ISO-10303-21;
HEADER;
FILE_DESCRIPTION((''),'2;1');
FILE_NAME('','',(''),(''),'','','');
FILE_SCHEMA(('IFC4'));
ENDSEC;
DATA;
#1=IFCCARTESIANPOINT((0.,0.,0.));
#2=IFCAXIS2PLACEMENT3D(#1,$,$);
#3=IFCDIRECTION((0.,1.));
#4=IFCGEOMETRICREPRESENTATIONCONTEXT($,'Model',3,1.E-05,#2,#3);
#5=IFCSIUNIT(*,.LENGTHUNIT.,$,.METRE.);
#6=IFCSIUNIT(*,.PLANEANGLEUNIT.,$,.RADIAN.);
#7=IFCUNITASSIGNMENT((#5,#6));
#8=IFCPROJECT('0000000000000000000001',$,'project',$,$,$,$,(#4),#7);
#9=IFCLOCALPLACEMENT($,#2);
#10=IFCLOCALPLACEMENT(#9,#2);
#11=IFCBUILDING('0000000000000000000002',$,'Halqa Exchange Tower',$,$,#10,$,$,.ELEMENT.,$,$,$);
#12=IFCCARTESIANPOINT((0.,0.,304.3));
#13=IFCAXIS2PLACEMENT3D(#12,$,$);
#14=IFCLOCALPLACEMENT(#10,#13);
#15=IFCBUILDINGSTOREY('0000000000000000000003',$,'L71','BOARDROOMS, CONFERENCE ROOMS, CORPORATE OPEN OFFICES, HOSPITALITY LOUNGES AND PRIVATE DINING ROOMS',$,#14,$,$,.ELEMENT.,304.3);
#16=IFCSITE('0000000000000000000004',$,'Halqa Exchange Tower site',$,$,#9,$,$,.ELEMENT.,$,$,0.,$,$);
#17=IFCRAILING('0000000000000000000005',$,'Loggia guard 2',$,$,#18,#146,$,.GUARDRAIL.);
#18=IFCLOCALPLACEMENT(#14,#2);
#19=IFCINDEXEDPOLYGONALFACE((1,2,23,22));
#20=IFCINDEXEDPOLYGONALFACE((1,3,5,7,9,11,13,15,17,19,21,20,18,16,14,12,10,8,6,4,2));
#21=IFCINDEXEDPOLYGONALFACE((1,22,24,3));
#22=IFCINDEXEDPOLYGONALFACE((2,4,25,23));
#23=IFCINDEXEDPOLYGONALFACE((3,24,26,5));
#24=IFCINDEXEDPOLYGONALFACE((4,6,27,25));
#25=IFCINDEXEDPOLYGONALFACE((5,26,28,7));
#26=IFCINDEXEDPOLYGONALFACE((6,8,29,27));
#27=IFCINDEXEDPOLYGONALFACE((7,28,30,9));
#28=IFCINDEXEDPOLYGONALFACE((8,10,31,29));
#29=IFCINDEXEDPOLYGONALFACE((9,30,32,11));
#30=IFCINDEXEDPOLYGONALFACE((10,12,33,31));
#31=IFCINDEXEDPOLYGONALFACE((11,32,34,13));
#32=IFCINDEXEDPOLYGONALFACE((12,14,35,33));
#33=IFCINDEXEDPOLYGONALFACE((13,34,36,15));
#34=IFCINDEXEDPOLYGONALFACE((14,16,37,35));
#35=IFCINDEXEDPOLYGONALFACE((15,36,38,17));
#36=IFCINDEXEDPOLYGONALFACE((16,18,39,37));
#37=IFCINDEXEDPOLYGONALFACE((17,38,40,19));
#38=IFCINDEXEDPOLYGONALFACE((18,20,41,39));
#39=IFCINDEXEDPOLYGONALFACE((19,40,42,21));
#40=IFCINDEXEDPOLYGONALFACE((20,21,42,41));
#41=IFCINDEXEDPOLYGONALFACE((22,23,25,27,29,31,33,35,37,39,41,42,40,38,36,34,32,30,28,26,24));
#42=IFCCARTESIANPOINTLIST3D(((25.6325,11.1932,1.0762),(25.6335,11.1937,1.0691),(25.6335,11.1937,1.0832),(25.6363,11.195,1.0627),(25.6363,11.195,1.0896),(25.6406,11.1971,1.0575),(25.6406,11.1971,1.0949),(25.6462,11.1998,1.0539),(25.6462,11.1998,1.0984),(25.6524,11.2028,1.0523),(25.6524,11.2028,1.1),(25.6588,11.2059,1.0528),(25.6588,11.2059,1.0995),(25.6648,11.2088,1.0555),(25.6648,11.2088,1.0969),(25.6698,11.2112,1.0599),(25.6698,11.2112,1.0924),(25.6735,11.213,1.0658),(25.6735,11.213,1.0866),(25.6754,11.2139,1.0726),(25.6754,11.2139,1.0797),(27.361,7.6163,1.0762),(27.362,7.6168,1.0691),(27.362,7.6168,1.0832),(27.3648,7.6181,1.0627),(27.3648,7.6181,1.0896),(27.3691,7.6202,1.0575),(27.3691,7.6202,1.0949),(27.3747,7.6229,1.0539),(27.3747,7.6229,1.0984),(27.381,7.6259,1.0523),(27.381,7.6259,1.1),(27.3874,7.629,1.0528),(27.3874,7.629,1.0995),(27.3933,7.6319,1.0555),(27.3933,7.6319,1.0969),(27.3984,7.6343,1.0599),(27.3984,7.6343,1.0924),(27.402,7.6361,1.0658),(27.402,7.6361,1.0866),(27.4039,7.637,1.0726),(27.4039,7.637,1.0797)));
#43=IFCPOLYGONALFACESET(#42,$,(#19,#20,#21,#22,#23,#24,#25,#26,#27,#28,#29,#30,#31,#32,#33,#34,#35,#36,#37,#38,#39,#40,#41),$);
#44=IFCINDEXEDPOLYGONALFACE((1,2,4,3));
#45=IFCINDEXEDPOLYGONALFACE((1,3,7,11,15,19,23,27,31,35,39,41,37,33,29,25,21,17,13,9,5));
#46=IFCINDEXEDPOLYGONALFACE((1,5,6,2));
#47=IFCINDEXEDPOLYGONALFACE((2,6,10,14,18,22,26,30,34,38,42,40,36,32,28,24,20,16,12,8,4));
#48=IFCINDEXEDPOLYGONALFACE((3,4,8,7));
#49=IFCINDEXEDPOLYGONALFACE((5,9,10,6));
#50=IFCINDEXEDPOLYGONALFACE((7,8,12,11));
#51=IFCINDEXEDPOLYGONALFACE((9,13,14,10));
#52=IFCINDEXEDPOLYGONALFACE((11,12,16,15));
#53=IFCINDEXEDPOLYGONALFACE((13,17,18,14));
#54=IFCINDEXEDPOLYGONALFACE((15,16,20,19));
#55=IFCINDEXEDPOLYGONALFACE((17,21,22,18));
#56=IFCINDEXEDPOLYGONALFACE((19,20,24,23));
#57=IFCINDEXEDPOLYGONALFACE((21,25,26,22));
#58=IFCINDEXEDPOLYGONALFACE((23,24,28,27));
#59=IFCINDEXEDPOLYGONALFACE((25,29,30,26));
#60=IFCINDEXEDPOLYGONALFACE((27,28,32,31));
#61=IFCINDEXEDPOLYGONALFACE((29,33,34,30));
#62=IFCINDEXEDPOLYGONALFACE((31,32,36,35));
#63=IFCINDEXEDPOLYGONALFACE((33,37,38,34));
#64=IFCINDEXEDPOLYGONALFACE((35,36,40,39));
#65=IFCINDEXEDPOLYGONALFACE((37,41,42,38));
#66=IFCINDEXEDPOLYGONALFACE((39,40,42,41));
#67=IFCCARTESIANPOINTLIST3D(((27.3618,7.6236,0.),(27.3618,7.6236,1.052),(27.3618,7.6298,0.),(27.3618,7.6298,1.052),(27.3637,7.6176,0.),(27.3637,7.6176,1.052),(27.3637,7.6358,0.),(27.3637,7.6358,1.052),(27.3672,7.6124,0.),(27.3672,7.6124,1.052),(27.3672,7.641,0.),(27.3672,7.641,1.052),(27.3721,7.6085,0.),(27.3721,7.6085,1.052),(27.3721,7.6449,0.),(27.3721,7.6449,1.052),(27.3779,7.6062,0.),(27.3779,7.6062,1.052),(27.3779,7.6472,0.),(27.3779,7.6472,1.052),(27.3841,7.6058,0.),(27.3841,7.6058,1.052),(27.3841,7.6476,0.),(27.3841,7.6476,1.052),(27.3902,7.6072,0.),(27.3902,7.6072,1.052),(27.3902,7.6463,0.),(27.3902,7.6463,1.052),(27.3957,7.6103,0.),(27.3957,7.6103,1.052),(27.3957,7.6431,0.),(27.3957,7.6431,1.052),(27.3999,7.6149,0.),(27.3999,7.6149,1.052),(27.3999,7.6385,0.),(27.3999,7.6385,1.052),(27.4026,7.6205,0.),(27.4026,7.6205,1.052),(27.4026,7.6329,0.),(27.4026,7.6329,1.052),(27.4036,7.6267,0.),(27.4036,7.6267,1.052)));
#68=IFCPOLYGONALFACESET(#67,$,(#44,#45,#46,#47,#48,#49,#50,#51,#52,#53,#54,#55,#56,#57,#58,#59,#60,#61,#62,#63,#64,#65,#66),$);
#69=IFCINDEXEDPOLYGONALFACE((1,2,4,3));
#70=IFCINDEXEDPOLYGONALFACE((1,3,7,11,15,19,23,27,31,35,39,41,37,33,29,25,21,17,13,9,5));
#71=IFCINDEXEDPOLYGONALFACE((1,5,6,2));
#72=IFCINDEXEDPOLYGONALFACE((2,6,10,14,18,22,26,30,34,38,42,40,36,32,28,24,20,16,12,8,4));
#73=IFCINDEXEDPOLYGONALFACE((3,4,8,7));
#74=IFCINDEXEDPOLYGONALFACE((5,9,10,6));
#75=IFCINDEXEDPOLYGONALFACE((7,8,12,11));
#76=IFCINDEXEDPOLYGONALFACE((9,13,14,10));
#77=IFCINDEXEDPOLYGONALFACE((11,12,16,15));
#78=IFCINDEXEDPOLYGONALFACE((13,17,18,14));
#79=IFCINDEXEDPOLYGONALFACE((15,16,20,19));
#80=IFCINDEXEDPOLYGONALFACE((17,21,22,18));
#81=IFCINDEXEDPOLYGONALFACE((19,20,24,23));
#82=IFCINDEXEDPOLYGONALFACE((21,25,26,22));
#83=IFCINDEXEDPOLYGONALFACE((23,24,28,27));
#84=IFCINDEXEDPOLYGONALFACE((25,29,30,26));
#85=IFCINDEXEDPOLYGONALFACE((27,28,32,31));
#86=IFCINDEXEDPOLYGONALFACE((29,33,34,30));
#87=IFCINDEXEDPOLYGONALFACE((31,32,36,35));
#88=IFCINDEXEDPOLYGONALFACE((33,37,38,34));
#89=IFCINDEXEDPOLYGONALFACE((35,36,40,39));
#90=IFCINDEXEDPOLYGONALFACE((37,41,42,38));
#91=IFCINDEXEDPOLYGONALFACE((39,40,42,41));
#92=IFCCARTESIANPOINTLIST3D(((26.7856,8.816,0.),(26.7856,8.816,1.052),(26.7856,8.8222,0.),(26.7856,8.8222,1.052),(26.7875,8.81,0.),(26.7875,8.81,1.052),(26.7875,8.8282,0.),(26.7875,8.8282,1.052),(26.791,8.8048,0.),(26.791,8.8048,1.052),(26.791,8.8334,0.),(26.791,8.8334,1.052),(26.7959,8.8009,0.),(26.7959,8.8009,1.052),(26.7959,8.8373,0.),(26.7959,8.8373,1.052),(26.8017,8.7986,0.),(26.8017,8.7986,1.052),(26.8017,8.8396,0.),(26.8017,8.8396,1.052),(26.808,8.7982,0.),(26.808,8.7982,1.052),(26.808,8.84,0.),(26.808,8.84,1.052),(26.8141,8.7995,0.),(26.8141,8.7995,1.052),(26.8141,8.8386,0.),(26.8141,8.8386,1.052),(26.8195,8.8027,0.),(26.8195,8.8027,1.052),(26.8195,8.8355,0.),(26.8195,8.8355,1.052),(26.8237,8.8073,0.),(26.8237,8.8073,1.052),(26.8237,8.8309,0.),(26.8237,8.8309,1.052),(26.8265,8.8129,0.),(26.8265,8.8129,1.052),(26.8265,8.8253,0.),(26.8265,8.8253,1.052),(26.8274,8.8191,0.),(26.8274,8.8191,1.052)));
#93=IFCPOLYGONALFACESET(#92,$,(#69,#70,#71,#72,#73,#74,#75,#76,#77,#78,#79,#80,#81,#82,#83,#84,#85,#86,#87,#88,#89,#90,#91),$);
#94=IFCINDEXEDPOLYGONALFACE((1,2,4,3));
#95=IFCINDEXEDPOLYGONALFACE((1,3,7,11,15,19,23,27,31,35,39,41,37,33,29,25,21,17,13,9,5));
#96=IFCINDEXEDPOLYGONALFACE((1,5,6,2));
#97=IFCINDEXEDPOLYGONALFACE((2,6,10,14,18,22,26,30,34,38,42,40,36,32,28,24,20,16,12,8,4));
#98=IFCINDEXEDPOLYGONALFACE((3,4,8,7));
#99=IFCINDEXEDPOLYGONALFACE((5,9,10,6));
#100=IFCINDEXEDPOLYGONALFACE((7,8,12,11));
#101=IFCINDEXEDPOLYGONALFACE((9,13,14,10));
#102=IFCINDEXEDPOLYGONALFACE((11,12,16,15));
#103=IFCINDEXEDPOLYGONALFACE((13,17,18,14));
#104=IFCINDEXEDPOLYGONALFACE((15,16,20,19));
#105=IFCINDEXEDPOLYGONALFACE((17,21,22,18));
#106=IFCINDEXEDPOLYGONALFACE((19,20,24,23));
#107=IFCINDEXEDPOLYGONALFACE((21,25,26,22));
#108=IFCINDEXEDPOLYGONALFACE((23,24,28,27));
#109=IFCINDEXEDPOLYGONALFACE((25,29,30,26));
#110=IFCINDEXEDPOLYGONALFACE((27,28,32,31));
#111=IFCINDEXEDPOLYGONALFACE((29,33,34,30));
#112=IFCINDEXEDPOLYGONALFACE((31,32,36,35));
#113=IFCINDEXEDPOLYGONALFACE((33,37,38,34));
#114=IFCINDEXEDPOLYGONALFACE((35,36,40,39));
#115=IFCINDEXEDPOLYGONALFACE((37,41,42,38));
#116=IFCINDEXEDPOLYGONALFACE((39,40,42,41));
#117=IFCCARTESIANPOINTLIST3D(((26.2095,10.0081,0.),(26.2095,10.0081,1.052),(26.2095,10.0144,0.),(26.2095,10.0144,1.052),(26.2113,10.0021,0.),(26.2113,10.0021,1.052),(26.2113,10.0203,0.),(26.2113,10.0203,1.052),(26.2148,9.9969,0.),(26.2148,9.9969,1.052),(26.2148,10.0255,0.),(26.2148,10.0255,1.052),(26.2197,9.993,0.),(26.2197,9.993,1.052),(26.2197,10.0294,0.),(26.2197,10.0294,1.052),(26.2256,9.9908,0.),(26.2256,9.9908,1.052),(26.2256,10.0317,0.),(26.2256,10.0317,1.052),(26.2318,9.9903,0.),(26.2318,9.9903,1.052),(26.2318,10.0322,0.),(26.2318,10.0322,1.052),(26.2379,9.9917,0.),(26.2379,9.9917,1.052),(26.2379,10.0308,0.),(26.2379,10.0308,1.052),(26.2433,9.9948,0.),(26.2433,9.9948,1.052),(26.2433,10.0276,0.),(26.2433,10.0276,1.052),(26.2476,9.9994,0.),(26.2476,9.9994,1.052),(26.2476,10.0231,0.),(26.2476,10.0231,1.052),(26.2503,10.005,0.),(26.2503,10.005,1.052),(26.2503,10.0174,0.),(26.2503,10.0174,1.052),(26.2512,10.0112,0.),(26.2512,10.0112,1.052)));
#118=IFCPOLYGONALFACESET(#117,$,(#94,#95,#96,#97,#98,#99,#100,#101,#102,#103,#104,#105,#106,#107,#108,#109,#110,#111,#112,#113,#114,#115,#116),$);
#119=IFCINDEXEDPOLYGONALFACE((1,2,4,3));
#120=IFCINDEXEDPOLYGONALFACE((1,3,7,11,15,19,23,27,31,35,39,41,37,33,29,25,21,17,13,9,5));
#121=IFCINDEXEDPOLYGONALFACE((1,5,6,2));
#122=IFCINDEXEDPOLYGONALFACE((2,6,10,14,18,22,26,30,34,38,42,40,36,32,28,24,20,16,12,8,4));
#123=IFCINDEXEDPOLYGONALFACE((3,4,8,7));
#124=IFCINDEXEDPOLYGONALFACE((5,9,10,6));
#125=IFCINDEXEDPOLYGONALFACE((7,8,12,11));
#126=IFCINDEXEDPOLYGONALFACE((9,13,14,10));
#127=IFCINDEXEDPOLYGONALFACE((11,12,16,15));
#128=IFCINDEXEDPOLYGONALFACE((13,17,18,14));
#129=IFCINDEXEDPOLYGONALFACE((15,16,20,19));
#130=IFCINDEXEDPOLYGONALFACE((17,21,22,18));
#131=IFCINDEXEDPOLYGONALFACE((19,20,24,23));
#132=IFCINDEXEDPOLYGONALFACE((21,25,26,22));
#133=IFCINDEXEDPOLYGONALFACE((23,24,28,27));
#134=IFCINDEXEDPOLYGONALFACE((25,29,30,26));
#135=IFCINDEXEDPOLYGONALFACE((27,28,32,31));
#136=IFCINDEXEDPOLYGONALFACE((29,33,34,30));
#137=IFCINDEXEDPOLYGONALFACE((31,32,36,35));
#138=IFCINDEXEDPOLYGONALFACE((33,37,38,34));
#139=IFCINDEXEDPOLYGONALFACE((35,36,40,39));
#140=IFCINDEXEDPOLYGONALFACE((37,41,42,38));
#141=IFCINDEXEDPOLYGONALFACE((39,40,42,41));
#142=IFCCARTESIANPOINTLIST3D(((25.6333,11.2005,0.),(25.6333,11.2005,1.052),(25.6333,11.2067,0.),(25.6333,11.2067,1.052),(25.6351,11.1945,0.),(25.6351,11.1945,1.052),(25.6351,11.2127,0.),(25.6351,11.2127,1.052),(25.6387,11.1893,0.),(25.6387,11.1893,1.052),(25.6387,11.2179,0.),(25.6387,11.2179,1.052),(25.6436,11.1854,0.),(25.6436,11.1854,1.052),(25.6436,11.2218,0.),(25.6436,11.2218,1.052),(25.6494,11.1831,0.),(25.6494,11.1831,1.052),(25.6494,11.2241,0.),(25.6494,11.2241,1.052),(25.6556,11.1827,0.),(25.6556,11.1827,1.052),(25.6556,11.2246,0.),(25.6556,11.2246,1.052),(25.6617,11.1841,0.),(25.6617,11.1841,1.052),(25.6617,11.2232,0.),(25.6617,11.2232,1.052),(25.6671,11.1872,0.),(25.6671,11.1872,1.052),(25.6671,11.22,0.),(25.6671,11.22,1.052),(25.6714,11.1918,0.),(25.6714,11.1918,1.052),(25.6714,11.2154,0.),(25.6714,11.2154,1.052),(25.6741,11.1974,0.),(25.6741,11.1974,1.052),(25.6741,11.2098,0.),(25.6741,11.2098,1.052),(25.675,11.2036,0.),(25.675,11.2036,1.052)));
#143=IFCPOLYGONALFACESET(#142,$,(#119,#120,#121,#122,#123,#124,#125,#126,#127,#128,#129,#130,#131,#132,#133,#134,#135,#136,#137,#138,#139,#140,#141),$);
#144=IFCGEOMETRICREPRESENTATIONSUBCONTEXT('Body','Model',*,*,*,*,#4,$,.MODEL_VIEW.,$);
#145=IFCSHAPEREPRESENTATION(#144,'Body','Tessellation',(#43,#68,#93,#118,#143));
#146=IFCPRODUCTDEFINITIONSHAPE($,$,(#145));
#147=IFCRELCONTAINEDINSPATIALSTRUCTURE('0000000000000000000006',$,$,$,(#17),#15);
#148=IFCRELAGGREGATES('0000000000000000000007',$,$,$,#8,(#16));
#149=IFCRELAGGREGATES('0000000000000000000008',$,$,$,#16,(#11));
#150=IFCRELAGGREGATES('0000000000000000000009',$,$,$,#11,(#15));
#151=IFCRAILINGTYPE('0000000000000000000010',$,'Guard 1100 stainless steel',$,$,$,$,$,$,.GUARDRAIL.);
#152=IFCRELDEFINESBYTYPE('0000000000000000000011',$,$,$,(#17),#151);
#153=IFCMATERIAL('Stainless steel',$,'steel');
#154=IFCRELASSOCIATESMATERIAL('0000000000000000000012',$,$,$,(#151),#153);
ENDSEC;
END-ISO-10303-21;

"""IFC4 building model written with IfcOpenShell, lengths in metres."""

from ifc_helpers import new_model, si_unit, direction, frame, origin, origin_2d, place, context, subcontext, project, spatial, circle, extrude, material, type_object, element, save


model = new_model("IFC4")

# Units and contexts
model_context = context("Model", 3, precision=1e-05, world=origin(), true_north=direction((0.0, 1.0)))
body_context = subcontext(model_context, "Body", "Model", "MODEL_VIEW")
ifc_project = project(units=[si_unit("LENGTHUNIT", "METRE"), si_unit("PLANEANGLEUNIT", "RADIAN")], contexts=[model_context])

# Site, building, storey
site_placement = place(None, origin())
site = spatial("IfcSite", under=ifc_project, at=site_placement, Name="Halqa Exchange Tower site", CompositionType="ELEMENT", RefElevation=0.0)
building_placement = place(site_placement, origin())
building = spatial("IfcBuilding", under=site, at=building_placement, Name="Halqa Exchange Tower", CompositionType="ELEMENT")
storey_placement = place(building_placement, frame((0.0, 0.0, 304.3)))
storey = spatial("IfcBuildingStorey", under=building, at=storey_placement, Name="L71", Description="BOARDROOMS, CONFERENCE ROOMS, CORPORATE OPEN OFFICES, HOSPITALITY LOUNGES AND PRIVATE DINING ROOMS", CompositionType="ELEMENT", Elevation=304.3)

# Railing
ifc_material_1 = material(Name="Stainless steel", Category="steel")
railing_type = type_object("IfcRailingType", Name="Guard 1100 stainless steel", PredefinedType="GUARDRAIL", material=ifc_material_1)
railing_1_placement = place(storey_placement, frame((27.3826, 7.6267, 0.0)))
element("IfcRailing", 1, at=railing_1_placement, inside=storey, type_object=railing_type, Name="Loggia guard 2", PredefinedType="GUARDRAIL", context=body_context, shape_type="SweptSolid", body=[
    extrude(circle(Radius=0.0239, at=origin_2d()), frame((0.0, 0.0, 1.0762), z_axis=(-0.435103, 0.900381, 0.0), x_axis=(-0.900381, -0.435103, 0.0)), (0.0, 0.0, 1.0), 3.9727),
    extrude(circle(Radius=0.021, at=origin_2d()), origin(), (0.0, 0.0, 1.0), 1.052),
    extrude(circle(Radius=0.021, at=origin_2d()), frame((-0.5762, 1.1924, 0.0)), (0.0, 0.0, 1.0), 1.052),
    extrude(circle(Radius=0.021, at=origin_2d()), frame((-1.1523, 2.3845, 0.0)), (0.0, 0.0, 1.0), 1.052),
    extrude(circle(Radius=0.021, at=origin_2d()), frame((-1.7285, 3.5769, 0.0)), (0.0, 0.0, 1.0), 1.052),
])

save(model, "model.ifc")
